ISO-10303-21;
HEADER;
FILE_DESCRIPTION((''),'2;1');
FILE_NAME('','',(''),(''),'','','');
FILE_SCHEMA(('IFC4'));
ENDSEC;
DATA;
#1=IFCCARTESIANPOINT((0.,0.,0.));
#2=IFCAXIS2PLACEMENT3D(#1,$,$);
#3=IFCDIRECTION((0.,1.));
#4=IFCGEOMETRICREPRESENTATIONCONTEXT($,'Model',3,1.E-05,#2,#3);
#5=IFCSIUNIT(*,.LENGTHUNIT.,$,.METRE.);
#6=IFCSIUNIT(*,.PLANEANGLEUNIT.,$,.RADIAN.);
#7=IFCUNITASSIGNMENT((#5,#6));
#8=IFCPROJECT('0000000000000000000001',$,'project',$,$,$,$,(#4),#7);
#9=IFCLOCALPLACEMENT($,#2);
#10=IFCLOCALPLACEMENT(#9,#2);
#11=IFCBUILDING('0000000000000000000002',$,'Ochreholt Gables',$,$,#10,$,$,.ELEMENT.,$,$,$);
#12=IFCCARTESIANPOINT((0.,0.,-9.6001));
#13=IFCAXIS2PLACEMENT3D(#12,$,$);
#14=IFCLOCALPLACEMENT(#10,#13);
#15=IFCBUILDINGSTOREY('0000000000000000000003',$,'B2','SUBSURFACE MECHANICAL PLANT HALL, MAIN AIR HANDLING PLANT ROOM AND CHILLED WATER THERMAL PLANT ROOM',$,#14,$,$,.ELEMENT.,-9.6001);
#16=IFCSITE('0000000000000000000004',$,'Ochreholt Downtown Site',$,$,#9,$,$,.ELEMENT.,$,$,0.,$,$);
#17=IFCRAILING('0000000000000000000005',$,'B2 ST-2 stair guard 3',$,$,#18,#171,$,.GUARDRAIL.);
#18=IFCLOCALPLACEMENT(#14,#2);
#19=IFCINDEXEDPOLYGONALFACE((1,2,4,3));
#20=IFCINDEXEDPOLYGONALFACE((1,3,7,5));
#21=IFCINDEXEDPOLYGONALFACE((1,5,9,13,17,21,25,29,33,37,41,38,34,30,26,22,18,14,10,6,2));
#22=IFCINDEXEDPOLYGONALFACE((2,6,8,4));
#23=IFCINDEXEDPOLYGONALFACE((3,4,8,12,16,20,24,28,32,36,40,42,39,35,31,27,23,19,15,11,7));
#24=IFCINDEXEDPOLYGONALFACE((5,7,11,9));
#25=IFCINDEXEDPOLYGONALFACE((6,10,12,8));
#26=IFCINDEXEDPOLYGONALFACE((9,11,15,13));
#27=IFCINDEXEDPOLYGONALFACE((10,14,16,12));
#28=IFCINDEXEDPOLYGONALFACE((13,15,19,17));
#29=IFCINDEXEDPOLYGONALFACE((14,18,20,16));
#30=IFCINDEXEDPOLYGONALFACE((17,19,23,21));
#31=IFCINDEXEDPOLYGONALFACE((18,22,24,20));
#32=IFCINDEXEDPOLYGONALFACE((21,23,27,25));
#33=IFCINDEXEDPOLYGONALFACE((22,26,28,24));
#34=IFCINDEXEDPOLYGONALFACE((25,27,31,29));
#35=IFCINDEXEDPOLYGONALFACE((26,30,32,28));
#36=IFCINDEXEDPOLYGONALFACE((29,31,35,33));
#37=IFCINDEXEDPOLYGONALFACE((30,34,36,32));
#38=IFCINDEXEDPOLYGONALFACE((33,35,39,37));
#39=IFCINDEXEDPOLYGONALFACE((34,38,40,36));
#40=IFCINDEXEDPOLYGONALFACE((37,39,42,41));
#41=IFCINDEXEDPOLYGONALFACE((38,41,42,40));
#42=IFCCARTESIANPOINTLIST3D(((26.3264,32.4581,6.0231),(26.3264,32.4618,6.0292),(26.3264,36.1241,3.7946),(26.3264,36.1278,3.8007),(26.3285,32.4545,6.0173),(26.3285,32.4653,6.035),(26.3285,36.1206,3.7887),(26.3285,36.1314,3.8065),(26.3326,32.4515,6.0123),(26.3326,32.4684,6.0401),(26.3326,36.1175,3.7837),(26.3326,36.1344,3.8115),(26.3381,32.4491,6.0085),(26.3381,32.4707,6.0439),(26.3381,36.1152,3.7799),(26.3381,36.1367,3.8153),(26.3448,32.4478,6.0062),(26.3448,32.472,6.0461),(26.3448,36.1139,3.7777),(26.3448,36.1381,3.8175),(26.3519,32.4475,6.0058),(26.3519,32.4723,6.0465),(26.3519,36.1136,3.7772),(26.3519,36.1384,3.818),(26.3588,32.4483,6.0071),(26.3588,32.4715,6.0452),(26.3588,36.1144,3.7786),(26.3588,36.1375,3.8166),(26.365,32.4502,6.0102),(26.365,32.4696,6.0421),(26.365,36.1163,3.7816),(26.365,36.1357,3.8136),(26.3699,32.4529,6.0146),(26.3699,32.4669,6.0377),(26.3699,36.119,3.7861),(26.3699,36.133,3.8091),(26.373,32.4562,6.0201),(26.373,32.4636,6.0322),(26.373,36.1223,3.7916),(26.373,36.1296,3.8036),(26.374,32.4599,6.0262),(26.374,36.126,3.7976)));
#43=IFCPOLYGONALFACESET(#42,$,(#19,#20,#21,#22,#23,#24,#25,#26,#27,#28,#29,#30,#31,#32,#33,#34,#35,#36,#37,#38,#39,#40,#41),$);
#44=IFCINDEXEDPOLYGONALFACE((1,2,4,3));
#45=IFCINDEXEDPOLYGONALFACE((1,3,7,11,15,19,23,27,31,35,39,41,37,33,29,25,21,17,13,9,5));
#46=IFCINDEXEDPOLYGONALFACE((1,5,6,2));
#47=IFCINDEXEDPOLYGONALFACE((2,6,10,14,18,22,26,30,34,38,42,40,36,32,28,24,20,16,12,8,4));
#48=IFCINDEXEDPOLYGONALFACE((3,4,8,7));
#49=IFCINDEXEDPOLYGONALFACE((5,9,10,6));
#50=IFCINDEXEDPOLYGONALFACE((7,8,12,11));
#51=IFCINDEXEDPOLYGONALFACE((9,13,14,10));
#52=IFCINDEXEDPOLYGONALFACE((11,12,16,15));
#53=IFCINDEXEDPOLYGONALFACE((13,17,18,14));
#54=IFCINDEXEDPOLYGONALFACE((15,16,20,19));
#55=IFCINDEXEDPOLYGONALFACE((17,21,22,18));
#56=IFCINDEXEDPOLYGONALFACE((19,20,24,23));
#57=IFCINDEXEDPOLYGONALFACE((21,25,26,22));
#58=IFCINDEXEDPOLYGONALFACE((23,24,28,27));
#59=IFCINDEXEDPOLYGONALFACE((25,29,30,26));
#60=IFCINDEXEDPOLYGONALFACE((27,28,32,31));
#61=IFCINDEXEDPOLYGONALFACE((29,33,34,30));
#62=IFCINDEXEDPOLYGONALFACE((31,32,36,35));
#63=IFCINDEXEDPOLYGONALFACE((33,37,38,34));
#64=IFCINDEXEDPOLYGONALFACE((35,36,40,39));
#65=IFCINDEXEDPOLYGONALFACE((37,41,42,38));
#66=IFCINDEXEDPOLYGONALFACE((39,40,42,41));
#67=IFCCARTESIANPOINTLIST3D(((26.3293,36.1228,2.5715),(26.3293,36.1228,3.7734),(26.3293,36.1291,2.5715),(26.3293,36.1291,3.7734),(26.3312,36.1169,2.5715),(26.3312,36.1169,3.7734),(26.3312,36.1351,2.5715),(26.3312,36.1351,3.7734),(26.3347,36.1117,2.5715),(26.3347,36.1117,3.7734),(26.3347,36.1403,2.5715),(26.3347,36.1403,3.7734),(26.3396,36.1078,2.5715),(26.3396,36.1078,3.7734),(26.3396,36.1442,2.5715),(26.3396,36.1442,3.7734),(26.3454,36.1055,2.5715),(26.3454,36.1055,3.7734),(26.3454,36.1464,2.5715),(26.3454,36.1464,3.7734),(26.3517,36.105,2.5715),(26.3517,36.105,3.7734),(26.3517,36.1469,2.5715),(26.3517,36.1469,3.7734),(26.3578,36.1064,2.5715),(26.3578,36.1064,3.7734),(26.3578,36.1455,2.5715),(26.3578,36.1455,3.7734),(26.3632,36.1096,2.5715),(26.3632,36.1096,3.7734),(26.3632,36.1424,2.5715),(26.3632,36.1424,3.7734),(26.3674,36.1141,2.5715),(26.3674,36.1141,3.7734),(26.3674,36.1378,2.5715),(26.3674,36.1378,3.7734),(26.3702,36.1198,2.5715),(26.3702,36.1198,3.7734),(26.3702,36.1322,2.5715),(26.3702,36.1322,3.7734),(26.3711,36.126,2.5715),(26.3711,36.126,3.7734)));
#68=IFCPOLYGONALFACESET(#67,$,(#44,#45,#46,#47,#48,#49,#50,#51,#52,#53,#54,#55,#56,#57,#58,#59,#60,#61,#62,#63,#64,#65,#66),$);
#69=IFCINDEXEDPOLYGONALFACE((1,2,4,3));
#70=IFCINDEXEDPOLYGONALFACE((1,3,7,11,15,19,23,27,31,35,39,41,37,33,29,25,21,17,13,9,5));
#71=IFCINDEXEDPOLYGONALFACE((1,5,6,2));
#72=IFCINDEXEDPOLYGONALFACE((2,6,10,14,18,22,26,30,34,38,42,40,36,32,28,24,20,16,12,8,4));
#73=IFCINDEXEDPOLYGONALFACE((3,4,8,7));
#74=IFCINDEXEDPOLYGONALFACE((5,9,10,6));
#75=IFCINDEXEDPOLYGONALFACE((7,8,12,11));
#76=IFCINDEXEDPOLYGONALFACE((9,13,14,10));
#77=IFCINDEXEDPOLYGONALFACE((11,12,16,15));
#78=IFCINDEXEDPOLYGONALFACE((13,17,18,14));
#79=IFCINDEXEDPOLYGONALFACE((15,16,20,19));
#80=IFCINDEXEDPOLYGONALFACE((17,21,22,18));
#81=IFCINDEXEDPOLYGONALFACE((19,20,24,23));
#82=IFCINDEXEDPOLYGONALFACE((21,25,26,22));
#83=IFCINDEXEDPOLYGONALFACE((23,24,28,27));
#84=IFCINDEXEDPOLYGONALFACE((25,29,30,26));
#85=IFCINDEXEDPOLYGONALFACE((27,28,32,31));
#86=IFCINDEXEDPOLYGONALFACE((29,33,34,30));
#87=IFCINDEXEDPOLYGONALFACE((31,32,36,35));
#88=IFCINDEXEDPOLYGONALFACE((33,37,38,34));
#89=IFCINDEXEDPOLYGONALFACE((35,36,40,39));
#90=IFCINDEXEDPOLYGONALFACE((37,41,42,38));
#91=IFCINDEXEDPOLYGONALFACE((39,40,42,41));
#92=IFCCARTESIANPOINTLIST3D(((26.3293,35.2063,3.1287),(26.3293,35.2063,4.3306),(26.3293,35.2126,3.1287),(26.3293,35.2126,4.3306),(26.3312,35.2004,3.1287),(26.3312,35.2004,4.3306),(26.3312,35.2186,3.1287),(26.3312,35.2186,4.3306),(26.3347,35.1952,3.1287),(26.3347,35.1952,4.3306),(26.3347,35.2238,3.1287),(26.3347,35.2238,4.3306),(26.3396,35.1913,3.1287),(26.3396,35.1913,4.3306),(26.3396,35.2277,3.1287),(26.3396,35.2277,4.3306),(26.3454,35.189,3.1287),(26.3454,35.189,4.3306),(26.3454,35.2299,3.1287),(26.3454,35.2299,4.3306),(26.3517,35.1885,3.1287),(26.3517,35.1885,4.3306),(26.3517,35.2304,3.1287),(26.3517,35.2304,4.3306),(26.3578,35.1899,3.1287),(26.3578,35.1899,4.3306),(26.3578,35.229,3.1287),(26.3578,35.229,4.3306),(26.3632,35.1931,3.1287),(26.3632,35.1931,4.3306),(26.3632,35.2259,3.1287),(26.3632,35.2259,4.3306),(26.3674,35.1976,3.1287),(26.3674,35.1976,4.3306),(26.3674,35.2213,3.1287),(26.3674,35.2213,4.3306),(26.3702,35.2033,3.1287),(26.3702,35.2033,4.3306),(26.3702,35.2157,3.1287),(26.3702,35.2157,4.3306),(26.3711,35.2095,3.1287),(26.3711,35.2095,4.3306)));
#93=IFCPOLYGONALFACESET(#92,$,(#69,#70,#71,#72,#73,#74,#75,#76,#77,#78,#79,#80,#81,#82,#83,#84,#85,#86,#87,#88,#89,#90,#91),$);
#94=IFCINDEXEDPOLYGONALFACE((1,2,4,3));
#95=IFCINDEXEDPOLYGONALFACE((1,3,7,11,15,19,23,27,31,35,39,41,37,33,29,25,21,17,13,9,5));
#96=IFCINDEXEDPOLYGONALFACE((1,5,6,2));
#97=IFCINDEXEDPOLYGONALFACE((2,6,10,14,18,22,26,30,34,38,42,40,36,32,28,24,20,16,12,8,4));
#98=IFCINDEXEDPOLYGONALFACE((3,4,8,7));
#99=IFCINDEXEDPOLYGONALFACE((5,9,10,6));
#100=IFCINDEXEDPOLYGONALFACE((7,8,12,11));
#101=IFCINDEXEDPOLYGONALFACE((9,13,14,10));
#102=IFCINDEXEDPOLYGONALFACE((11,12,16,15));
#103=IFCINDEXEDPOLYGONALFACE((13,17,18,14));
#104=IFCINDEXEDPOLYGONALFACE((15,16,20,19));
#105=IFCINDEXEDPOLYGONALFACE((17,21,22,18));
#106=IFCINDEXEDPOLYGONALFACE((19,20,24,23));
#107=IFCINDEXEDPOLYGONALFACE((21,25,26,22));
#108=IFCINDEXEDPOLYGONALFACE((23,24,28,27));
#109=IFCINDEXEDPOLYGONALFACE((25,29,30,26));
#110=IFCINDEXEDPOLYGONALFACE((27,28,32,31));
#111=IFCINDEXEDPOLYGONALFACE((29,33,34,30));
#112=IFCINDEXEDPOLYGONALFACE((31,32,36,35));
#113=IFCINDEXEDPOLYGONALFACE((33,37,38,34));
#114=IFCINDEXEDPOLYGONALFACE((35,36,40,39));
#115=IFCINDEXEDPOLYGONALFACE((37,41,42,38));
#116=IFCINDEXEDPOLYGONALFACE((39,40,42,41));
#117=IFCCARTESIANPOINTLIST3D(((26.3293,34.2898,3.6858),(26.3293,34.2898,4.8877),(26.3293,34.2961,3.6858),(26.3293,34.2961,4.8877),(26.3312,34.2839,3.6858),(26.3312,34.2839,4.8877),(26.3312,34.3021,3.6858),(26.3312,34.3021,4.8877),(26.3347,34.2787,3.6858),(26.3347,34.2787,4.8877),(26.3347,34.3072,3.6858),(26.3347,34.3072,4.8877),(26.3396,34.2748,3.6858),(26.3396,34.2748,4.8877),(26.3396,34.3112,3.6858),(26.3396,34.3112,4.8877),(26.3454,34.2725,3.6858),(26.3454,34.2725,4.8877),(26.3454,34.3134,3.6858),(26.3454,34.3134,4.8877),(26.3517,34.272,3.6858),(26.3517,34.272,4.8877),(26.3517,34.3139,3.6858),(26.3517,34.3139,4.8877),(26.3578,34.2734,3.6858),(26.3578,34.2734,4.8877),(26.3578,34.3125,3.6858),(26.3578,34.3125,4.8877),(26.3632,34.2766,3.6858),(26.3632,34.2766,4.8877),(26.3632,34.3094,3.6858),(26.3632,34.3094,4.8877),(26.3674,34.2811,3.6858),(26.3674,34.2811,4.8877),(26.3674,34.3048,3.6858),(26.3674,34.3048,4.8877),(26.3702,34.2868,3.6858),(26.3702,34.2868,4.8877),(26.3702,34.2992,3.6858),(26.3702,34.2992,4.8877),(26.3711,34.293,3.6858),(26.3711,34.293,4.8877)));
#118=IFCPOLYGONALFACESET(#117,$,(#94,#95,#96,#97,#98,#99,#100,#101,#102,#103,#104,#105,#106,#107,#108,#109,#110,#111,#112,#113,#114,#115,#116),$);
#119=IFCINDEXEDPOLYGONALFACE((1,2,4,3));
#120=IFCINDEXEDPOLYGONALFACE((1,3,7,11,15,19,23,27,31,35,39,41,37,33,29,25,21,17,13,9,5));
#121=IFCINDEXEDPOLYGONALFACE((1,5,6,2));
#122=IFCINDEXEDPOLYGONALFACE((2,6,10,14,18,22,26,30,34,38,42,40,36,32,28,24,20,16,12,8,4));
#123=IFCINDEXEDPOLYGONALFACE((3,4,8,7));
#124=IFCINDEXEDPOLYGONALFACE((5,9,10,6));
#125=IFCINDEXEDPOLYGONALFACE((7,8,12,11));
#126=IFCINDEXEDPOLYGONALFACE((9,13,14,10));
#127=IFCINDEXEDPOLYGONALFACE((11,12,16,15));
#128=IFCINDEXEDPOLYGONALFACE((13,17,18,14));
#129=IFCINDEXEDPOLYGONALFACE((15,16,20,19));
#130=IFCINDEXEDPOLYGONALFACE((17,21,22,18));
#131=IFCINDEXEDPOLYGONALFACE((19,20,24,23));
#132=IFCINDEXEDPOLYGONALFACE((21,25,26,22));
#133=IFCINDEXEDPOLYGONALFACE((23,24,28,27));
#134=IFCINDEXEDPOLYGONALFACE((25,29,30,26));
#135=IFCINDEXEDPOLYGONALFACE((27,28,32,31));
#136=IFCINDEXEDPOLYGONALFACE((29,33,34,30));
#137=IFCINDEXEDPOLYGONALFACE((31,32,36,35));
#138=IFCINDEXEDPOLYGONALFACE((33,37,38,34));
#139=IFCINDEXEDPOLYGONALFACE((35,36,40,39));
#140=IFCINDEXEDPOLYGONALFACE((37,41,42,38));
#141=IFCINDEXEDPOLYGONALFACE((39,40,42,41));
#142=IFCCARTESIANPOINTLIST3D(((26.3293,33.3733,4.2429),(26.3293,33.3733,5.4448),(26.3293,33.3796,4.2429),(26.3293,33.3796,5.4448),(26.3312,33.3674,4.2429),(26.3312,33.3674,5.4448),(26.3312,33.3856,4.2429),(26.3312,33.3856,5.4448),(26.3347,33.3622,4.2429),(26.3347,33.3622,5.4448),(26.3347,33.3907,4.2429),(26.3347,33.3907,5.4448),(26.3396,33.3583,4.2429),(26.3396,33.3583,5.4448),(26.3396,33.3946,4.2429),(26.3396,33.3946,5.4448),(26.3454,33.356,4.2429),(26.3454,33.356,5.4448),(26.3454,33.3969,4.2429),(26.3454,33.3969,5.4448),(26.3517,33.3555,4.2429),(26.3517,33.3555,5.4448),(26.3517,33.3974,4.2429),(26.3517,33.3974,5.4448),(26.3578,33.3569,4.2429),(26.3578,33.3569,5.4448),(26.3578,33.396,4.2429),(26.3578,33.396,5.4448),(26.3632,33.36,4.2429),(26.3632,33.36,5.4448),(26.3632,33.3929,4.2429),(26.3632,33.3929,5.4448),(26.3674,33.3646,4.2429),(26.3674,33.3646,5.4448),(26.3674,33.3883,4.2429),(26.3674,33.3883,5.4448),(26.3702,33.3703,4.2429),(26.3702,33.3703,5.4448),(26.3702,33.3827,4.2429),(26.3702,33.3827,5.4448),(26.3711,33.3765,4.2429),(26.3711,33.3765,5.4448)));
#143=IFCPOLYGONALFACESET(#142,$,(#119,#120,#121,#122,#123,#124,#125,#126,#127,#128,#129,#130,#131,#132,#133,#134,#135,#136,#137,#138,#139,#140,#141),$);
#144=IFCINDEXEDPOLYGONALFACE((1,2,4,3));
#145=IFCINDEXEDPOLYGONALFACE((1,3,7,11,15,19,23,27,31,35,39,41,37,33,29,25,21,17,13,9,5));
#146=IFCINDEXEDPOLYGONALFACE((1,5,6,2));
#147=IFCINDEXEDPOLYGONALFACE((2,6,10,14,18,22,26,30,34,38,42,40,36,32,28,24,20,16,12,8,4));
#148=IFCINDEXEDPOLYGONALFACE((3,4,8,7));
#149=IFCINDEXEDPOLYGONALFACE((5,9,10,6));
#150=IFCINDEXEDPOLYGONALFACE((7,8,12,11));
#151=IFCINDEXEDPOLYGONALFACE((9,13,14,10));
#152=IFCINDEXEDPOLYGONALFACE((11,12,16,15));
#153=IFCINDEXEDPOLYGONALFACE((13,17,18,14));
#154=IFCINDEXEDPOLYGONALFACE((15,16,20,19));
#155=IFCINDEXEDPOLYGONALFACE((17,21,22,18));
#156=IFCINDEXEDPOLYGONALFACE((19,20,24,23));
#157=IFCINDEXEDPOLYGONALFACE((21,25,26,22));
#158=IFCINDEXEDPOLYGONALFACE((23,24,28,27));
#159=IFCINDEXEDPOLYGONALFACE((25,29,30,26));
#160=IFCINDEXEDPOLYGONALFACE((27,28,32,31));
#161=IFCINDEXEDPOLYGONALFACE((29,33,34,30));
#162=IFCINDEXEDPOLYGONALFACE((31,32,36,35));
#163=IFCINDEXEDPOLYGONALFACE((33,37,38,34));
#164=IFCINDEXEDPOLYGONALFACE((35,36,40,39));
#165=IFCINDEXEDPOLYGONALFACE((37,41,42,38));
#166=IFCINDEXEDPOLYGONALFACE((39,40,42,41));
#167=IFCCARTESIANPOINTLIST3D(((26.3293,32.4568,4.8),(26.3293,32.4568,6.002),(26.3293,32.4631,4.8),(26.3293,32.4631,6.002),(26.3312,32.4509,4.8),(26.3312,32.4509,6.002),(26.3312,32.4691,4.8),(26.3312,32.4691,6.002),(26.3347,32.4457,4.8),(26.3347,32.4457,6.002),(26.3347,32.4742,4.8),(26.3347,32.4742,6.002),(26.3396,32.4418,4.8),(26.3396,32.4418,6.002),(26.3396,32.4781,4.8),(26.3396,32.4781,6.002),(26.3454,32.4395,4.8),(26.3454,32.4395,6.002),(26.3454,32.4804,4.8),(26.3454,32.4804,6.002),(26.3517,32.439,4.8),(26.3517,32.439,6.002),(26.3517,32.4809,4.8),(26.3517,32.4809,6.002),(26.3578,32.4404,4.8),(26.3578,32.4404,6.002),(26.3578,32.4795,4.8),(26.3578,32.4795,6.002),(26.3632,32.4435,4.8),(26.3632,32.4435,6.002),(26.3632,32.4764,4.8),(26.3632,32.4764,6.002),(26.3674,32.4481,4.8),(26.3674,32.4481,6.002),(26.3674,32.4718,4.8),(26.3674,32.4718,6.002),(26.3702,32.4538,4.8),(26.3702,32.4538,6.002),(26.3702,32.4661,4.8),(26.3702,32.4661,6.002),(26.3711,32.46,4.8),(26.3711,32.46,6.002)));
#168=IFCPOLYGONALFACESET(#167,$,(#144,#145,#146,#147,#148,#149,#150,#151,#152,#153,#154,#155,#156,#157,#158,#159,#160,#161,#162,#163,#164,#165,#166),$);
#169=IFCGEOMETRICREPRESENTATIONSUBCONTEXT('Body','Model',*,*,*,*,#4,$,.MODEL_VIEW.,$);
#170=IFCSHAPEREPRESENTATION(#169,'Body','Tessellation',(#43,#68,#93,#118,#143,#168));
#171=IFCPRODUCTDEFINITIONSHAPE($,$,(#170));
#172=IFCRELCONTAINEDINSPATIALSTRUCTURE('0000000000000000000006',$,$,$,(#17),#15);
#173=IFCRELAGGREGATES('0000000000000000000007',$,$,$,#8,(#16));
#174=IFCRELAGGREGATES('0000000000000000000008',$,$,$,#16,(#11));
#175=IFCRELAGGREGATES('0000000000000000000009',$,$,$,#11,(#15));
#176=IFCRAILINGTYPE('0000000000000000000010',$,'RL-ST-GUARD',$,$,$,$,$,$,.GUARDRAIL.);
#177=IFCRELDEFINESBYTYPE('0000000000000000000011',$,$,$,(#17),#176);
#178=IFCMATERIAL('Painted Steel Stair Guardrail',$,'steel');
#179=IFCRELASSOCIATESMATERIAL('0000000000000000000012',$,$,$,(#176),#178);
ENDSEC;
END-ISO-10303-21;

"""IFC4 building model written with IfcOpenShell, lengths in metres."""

from ifc_helpers import new_model, si_unit, direction, frame, origin, origin_2d, place, context, subcontext, project, spatial, circle, extrude, material, type_object, element, save


model = new_model("IFC4")

# Units and contexts
model_context = context("Model", 3, precision=1e-05, world=origin(), true_north=direction((0.0, 1.0)))
body_context = subcontext(model_context, "Body", "Model", "MODEL_VIEW")
ifc_project = project(units=[si_unit("LENGTHUNIT", "METRE"), si_unit("PLANEANGLEUNIT", "RADIAN")], contexts=[model_context])

# Site, building, storey
site_placement = place(None, origin())
site = spatial("IfcSite", under=ifc_project, at=site_placement, Name="Ochreholt Downtown Site", CompositionType="ELEMENT", RefElevation=0.0)
building_placement = place(site_placement, origin())
building = spatial("IfcBuilding", under=site, at=building_placement, Name="Ochreholt Gables", CompositionType="ELEMENT")
storey_placement = place(building_placement, frame((0.0, 0.0, -9.6001)))
storey = spatial("IfcBuildingStorey", under=building, at=storey_placement, Name="B2", Description="SUBSURFACE MECHANICAL PLANT HALL, MAIN AIR HANDLING PLANT ROOM AND CHILLED WATER THERMAL PLANT ROOM", CompositionType="ELEMENT", Elevation=-9.6001)

# Railing
ifc_material_1 = material(Name="Painted Steel Stair Guardrail", Category="steel")
railing_type_1 = type_object("IfcRailingType", Name="RL-ST-GUARD", PredefinedType="GUARDRAIL", material=ifc_material_1)
railing_1_placement = place(storey_placement, frame((26.3501, 36.126, 2.5715)))
element("IfcRailing", 1, at=railing_1_placement, inside=storey, type_object=railing_type_1, Name="B2 ST-2 stair guard 3", PredefinedType="GUARDRAIL", context=body_context, shape_type="SweptSolid", body=[
    extrude(circle(Radius=0.0239, at=origin_2d()), frame((0.0, 0.0, 1.2261), z_axis=(0.0, -0.854506, 0.519441), x_axis=(1.0, 0.0, 0.0)), (0.0, 0.0, 1.0), 4.2903),
    extrude(circle(Radius=0.021, at=origin_2d()), origin(), (0.0, 0.0, 1.0), 1.2019),
    extrude(circle(Radius=0.021, at=origin_2d()), frame((0.0, -0.9165, 0.5571)), (0.0, 0.0, 1.0), 1.2019),
    extrude(circle(Radius=0.021, at=origin_2d()), frame((0.0, -1.833, 1.1143)), (0.0, 0.0, 1.0), 1.2019),
    extrude(circle(Radius=0.021, at=origin_2d()), frame((0.0, -2.7495, 1.6714)), (0.0, 0.0, 1.0), 1.2019),
    extrude(circle(Radius=0.021, at=origin_2d()), frame((0.0, -3.666, 2.2285)), (0.0, 0.0, 1.0), 1.2019),
])

save(model, "model.ifc")
